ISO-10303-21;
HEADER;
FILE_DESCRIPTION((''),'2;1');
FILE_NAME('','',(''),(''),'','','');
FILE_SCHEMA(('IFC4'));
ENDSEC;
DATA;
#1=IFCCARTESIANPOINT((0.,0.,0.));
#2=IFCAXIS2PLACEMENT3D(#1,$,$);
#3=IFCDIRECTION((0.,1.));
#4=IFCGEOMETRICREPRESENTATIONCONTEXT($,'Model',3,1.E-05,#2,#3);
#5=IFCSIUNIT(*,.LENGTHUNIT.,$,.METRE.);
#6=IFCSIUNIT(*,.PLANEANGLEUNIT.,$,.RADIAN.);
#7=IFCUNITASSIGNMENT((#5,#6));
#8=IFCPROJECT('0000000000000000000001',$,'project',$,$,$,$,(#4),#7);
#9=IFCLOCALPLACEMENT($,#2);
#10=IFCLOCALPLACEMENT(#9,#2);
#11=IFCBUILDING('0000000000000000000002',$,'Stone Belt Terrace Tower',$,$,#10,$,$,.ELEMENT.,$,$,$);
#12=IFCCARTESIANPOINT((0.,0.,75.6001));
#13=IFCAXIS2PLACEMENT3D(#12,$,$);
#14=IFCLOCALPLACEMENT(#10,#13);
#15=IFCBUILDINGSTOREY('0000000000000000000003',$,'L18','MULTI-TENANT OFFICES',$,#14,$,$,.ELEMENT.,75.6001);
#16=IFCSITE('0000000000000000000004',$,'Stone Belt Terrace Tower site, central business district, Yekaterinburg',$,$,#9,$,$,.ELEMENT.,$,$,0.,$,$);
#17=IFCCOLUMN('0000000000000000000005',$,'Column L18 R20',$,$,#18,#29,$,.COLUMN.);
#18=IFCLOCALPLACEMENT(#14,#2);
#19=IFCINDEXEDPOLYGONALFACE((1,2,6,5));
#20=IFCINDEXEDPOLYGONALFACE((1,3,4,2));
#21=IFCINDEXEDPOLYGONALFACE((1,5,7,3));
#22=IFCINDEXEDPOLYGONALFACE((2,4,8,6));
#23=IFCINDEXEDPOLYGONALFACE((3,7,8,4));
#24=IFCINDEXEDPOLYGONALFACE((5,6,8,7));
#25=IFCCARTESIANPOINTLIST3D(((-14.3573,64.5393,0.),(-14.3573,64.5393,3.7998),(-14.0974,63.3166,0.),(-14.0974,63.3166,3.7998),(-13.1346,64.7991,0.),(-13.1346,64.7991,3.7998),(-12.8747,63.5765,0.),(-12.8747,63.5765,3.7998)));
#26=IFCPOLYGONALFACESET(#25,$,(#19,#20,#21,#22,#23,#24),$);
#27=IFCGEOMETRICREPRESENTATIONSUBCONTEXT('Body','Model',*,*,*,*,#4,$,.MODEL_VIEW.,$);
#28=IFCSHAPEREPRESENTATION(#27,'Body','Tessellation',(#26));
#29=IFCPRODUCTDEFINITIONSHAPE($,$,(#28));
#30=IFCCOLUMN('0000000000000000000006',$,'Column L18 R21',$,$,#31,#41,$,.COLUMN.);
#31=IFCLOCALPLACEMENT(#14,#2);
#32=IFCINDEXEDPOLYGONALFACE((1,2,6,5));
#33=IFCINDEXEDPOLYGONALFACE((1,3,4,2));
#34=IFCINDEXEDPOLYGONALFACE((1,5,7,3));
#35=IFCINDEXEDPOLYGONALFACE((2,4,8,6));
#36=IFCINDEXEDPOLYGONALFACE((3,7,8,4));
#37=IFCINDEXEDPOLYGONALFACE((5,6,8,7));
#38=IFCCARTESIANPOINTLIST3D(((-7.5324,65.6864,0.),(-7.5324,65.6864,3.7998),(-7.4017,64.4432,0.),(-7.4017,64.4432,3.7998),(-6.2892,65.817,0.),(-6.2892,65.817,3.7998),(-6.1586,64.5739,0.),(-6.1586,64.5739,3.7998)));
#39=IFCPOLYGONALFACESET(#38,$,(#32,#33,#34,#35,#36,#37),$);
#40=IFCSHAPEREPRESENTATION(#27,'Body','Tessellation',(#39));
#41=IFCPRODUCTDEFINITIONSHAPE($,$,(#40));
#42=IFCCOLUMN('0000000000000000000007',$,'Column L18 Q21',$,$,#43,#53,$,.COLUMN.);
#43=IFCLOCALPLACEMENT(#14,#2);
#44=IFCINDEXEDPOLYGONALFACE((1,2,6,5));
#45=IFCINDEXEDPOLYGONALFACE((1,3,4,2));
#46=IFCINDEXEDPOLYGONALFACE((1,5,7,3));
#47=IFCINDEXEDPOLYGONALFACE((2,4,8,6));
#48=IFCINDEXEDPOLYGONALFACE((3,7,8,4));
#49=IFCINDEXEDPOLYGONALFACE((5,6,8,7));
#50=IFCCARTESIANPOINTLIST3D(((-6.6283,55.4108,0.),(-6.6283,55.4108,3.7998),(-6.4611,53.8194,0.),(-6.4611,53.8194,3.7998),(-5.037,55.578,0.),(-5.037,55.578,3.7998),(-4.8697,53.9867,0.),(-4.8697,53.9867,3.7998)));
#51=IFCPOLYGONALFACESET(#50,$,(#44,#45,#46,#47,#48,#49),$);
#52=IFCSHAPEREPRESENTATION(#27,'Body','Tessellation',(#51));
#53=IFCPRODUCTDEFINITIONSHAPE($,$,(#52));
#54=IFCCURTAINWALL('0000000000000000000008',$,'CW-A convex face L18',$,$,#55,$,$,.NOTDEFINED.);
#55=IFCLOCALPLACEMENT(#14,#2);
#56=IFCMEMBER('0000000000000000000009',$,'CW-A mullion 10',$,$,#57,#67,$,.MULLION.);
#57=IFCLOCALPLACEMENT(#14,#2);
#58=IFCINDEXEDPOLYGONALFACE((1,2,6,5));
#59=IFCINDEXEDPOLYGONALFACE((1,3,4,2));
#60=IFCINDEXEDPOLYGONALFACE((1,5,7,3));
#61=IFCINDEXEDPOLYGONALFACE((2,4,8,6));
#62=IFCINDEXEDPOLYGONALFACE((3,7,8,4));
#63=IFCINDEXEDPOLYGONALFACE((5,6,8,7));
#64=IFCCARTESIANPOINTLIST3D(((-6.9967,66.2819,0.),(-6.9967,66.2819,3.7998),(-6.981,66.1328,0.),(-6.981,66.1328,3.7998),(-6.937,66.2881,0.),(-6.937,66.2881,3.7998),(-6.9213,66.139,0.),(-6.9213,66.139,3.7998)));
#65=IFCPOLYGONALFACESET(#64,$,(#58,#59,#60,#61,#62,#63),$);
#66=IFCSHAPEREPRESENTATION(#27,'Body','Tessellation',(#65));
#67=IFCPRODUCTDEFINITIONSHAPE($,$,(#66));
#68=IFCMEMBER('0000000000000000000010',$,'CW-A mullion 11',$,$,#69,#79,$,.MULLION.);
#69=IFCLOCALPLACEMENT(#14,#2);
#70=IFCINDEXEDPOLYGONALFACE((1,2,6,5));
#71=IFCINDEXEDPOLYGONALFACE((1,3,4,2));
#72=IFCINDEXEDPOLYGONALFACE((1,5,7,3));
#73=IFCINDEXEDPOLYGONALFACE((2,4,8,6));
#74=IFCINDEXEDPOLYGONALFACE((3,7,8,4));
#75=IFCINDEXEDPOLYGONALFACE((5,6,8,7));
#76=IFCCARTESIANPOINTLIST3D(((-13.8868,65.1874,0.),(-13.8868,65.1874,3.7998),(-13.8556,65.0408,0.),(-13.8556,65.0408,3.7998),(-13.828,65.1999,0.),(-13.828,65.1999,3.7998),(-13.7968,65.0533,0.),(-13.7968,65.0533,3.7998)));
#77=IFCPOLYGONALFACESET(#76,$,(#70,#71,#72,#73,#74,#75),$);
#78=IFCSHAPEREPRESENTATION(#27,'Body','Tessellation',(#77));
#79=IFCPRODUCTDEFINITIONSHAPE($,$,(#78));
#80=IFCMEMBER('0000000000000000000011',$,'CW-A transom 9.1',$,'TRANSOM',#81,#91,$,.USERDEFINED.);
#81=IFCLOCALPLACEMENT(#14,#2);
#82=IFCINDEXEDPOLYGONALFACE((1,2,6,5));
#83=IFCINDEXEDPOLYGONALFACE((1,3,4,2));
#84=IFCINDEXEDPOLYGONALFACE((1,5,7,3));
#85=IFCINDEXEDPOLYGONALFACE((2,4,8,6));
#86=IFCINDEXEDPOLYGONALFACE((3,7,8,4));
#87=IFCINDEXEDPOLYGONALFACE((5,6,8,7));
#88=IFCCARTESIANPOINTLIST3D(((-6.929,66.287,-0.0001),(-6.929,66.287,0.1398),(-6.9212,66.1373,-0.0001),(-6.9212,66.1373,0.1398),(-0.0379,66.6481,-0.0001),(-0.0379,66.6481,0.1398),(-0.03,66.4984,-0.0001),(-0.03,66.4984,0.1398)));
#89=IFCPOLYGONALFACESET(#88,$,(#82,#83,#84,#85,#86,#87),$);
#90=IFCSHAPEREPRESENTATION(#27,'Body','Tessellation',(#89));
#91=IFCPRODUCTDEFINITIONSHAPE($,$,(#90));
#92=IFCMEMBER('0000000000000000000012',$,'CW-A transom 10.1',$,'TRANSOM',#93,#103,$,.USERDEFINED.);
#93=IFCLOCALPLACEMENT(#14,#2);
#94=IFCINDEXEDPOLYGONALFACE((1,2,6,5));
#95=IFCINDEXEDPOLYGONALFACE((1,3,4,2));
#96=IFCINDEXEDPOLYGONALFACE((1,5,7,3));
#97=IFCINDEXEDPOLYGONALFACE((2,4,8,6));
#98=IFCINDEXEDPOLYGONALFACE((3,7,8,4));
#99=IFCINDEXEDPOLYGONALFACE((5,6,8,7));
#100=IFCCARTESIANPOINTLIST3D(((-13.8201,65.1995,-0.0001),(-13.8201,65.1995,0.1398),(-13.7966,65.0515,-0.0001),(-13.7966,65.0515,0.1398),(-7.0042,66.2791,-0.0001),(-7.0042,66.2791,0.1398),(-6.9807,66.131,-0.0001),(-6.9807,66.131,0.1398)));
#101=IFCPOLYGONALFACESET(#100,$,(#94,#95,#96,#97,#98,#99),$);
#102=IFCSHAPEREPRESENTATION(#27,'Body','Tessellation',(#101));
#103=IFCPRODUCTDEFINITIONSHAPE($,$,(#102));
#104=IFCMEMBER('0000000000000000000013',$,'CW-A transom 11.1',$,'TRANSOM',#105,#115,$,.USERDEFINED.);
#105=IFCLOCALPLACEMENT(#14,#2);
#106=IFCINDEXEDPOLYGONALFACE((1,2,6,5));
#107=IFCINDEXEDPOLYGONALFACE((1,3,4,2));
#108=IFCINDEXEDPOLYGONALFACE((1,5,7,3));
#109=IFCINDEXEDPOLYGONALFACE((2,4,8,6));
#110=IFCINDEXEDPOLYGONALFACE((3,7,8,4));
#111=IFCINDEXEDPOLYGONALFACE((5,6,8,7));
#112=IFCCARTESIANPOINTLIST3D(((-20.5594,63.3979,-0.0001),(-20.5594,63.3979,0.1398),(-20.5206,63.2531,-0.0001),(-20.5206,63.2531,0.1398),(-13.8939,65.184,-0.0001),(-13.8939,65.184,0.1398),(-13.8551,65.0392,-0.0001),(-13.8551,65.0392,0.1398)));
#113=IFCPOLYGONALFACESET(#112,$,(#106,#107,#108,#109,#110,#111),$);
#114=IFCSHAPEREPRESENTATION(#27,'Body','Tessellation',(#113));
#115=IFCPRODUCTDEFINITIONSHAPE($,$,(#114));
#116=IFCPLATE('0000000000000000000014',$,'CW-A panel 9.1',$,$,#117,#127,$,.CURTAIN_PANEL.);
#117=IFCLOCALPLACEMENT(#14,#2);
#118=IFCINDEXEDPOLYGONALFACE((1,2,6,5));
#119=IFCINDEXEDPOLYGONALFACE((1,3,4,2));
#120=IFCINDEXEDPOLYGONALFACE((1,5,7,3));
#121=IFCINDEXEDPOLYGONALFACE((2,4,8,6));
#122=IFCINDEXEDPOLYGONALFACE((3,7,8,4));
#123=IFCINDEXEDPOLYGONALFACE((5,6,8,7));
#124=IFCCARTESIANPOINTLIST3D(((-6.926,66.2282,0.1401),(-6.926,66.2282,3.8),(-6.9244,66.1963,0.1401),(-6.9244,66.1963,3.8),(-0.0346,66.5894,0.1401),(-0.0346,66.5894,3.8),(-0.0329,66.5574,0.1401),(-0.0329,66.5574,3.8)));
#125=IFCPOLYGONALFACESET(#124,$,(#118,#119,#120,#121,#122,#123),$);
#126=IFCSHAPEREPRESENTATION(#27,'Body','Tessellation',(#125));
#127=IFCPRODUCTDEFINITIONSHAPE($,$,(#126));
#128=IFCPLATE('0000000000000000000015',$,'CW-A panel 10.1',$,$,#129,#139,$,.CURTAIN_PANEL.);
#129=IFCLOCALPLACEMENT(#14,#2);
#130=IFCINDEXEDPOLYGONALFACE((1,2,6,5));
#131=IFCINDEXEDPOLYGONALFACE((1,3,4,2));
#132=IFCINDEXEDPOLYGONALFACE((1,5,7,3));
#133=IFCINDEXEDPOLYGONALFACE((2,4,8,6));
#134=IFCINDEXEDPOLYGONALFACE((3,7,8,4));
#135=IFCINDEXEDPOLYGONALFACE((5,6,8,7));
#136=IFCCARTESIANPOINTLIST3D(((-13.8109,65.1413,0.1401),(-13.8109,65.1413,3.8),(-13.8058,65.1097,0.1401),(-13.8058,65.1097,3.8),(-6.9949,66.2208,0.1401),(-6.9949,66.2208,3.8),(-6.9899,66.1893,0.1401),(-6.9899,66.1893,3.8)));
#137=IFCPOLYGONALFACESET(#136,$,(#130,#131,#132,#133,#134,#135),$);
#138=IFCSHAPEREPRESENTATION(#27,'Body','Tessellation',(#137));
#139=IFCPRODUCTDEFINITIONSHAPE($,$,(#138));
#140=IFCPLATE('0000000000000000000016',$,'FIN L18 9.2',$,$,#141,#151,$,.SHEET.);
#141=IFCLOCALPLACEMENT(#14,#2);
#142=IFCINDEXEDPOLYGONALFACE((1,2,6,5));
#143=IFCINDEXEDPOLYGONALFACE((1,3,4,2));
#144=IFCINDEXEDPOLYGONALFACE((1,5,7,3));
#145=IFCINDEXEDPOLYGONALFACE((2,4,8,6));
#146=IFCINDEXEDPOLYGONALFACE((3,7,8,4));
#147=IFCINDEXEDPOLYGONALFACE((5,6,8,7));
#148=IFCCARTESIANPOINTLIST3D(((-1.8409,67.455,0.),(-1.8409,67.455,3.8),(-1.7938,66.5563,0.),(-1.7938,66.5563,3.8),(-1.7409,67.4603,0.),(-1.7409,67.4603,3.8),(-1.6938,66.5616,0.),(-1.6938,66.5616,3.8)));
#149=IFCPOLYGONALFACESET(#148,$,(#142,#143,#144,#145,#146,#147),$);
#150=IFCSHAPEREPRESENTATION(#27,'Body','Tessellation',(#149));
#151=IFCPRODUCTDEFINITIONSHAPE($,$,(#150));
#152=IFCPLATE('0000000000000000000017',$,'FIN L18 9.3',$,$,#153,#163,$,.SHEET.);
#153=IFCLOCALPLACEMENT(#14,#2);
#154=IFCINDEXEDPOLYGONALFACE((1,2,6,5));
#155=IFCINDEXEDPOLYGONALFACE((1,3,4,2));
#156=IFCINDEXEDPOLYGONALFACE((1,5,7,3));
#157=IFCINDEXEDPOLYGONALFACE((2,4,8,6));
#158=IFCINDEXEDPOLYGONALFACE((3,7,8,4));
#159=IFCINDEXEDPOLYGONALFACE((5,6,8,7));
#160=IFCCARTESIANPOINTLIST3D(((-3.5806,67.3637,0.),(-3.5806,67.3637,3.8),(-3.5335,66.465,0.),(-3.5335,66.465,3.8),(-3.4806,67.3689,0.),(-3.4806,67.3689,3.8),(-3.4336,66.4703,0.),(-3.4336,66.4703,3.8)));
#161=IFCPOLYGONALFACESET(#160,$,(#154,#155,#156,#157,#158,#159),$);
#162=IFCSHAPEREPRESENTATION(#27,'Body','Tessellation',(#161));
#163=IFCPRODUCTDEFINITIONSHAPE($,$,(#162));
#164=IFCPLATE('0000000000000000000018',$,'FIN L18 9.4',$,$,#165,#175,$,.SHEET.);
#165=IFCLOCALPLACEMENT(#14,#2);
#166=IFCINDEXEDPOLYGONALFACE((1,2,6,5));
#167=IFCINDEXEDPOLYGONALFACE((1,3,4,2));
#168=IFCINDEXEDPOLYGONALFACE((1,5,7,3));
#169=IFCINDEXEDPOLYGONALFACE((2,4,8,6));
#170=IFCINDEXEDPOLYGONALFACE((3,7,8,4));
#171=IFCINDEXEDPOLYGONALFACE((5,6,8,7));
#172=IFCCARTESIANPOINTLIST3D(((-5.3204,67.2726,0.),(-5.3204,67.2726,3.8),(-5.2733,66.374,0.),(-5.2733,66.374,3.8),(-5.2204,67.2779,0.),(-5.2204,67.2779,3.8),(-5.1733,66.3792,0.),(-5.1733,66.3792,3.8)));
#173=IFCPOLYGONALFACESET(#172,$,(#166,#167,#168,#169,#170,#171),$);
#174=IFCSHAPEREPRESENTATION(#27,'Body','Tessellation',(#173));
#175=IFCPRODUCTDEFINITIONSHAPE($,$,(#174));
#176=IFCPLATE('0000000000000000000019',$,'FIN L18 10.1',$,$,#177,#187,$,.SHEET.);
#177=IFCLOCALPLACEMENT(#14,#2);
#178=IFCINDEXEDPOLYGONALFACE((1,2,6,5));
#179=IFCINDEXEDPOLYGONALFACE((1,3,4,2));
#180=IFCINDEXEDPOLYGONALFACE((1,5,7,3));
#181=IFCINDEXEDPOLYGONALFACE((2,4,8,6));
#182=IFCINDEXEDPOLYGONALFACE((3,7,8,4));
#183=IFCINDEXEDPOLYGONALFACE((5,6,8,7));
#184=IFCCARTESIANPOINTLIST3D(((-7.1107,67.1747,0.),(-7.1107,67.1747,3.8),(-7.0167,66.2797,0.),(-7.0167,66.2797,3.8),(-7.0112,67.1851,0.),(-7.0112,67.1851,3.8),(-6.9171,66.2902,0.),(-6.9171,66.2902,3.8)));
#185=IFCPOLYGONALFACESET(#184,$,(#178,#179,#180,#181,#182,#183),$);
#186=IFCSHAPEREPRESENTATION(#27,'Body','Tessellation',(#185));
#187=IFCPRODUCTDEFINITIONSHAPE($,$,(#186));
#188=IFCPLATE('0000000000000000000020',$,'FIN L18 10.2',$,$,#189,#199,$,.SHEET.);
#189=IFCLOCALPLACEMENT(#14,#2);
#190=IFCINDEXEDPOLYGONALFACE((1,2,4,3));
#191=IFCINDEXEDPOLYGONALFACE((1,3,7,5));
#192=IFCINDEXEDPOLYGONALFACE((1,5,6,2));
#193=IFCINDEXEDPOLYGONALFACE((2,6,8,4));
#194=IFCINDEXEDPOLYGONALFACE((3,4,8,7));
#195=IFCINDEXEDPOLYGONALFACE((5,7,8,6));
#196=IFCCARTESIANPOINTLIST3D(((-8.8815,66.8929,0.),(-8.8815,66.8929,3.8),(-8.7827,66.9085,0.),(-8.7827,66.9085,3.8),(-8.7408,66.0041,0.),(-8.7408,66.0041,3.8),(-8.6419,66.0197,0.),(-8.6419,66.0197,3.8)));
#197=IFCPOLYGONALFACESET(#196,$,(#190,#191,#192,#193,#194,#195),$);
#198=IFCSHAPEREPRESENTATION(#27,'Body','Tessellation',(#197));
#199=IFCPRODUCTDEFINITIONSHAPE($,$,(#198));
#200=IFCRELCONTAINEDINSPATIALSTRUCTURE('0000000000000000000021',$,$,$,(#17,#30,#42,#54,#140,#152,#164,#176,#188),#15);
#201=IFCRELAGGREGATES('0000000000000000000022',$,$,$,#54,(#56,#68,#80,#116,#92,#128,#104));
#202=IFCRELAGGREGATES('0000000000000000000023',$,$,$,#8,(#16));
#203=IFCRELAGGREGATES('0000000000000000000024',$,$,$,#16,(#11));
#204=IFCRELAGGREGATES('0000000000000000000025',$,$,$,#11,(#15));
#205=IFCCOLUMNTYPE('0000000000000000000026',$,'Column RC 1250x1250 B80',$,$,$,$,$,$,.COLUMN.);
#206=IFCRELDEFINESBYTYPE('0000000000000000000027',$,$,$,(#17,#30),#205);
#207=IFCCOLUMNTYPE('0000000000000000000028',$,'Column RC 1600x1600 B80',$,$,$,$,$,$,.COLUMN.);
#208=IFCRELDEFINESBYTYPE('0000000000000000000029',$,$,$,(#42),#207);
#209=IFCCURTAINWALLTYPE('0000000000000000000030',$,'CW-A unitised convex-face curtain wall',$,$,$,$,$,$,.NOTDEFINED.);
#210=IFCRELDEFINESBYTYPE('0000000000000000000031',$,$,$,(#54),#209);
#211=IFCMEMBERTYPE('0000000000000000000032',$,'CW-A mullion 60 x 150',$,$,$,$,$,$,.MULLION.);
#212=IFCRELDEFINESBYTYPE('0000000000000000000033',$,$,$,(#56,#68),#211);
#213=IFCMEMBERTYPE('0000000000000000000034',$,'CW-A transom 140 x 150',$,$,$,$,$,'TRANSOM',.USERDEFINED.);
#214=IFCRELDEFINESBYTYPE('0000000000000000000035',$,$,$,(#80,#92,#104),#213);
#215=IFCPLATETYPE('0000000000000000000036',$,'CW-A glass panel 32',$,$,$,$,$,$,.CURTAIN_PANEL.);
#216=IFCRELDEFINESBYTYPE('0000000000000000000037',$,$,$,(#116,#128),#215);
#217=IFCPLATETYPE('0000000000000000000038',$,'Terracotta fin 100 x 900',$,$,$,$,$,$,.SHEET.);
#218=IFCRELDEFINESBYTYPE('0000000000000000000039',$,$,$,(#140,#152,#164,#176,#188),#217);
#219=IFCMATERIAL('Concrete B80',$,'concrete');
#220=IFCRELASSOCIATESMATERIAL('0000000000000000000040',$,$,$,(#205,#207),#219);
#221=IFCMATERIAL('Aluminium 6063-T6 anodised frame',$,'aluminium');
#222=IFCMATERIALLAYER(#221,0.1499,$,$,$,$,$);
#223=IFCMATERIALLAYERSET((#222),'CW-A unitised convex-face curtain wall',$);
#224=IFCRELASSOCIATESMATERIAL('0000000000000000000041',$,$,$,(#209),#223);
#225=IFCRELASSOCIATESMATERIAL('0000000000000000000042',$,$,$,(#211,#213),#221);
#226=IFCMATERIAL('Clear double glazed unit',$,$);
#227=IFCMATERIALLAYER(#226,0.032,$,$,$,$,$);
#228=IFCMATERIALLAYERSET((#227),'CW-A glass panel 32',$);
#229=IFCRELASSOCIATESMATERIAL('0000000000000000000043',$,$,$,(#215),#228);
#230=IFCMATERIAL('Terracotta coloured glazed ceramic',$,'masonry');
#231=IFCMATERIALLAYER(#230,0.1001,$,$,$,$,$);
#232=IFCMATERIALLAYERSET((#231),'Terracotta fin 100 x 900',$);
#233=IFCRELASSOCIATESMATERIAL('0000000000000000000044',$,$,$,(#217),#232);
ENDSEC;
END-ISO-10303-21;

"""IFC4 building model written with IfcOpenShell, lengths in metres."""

from ifc_helpers import new_model, si_unit, direction, frame, origin, origin_2d, place, context, subcontext, project, spatial, rectangle, extrude, material, layer, layer_set, material_profile, profile_set, type_object, element, aggregate, save


model = new_model("IFC4")

# Units and contexts
model_context = context("Model", 3, precision=1e-05, world=origin(), true_north=direction((0.0, 1.0)))
body_context = subcontext(model_context, "Body", "Model", "MODEL_VIEW")
ifc_project = project(units=[si_unit("LENGTHUNIT", "METRE"), si_unit("PLANEANGLEUNIT", "RADIAN")], contexts=[model_context])

# Site, building, storey
site_placement = place(None, origin())
site = spatial("IfcSite", under=ifc_project, at=site_placement, Name="Stone Belt Terrace Tower site, central business district, Yekaterinburg", CompositionType="ELEMENT", RefElevation=0.0)
building_placement = place(site_placement, origin())
building = spatial("IfcBuilding", under=site, at=building_placement, Name="Stone Belt Terrace Tower", CompositionType="ELEMENT")
storey_placement = place(building_placement, frame((0.0, 0.0, 75.6001)))
storey = spatial("IfcBuildingStorey", under=building, at=storey_placement, Name="L18", Description="MULTI-TENANT OFFICES", CompositionType="ELEMENT", Elevation=75.6001)

# Columns
ifc_material_1 = material(Name="Concrete B80", Category="concrete")
ifc_material_profile_1 = material_profile(ifc_material_1, rectangle(XDim=1.25, YDim=1.25, at=origin_2d()), Name="RC 1250x1250")
ifc_profile_set_1 = profile_set([ifc_material_profile_1], Name="Concrete B80")
column_type_1 = type_object("IfcColumnType", Name="Column RC 1250x1250 B80", PredefinedType="COLUMN", material=ifc_profile_set_1)
for number, where, z_axis, x_axis, name in (
    (1, (-13.616, 64.0579, 0.0), (0.0, 0.0, 1.0), (0.978148, 0.207912, 0.0), "Column L18 R20"),
    (2, (-6.8455, 65.1301, 0.0), (0.0, 0.0, 1.0), (0.994522, 0.104528, 0.0), "Column L18 R21"),
):
    element("IfcColumn", number, at=place(storey_placement, frame(where, z_axis=z_axis, x_axis=x_axis)), inside=storey, type_object=column_type_1, Name=name, PredefinedType="COLUMN", context=body_context, shape_type="SweptSolid", body=[
        extrude(rectangle(XDim=1.25, YDim=1.25, at=origin_2d()), origin(), (0.0, 0.0, 1.0), 3.7998),
    ])
ifc_material_profile_2 = material_profile(ifc_material_1, rectangle(XDim=1.6001, YDim=1.6001, at=origin_2d()), Name="RC 1600x1600")
ifc_profile_set_2 = profile_set([ifc_material_profile_2], Name="Concrete B80")
column_type_2 = type_object("IfcColumnType", Name="Column RC 1600x1600 B80", PredefinedType="COLUMN", material=ifc_profile_set_2)
column_placement = place(storey_placement, frame((-5.749, 54.6987, 0.0), z_axis=(0.0, 0.0, 1.0), x_axis=(0.994522, 0.104528, 0.0)))
element("IfcColumn", 3, at=column_placement, inside=storey, type_object=column_type_2, Name="Column L18 Q21", PredefinedType="COLUMN", context=body_context, shape_type="SweptSolid", body=[
    extrude(rectangle(XDim=1.6001, YDim=1.6001, at=origin_2d()), origin(), (0.0, 0.0, 1.0), 3.7998),
])

# Curtain wall, members, plates
ifc_material_2 = material(Name="Aluminium 6063-T6 anodised frame", Category="aluminium")
ifc_layer_1 = layer(ifc_material_2, 0.1499)
ifc_layer_set_1 = layer_set([ifc_layer_1], Name="CW-A unitised convex-face curtain wall")
curtain_wall_type = type_object("IfcCurtainWallType", Name="CW-A unitised convex-face curtain wall", PredefinedType="NOTDEFINED", material=ifc_layer_set_1)
curtain_wall_placement = place(storey_placement, origin())
curtain_wall = element("IfcCurtainWall", 4, at=curtain_wall_placement, inside=storey, type_object=curtain_wall_type, Name="CW-A convex face L18", PredefinedType="NOTDEFINED")
ifc_material_profile_3 = material_profile(ifc_material_2, rectangle(XDim=0.1499, YDim=0.0601, at=origin_2d()), Name="Aluminium 6063-T6 60x150")
ifc_profile_set_3 = profile_set([ifc_material_profile_3], Name="Aluminium 6063-T6 anodised frame")
member_type_1 = type_object("IfcMemberType", Name="CW-A mullion 60 x 150", PredefinedType="MULLION", material=ifc_profile_set_3)
member_1_placement = place(storey_placement, frame((-6.959, 66.2104, 0.0), z_axis=(0.0, 0.0, 1.0), x_axis=(0.104528, -0.994522, 0.0)))
member_1 = element("IfcMember", 5, at=member_1_placement, type_object=member_type_1, Name="CW-A mullion 10", PredefinedType="MULLION", context=body_context, shape_type="SweptSolid", body=[
    extrude(rectangle(XDim=0.1499, YDim=0.0601, at=origin_2d()), origin(), (0.0, 0.0, 1.0), 3.7998),
])
member_2_placement = place(storey_placement, frame((-13.8418, 65.1204, 0.0), z_axis=(0.0, 0.0, 1.0), x_axis=(0.207912, -0.978148, 0.0)))
member_2 = element("IfcMember", 6, at=member_2_placement, type_object=member_type_1, Name="CW-A mullion 11", PredefinedType="MULLION", context=body_context, shape_type="SweptSolid", body=[
    extrude(rectangle(XDim=0.1499, YDim=0.0601, at=origin_2d()), origin(), (0.0, 0.0, 1.0), 3.7998),
])
ifc_material_profile_4 = material_profile(ifc_material_2, rectangle(XDim=0.1499, YDim=0.1399, at=origin_2d()), Name="Aluminium 6063-T6 150x140")
ifc_profile_set_4 = profile_set([ifc_material_profile_4], Name="Aluminium 6063-T6 anodised frame")
member_type_2 = type_object("IfcMemberType", Name="CW-A transom 140 x 150", ElementType="TRANSOM", PredefinedType="USERDEFINED", material=ifc_profile_set_4)
member_3_placement = place(storey_placement, frame((-0.0339, 66.5732, 0.0698), z_axis=(-0.99863, -0.052327, 0.0), x_axis=(0.052327, -0.99863, 0.0)))
member_3 = element("IfcMember", 7, at=member_3_placement, type_object=member_type_2, Name="CW-A transom 9.1", ObjectType="TRANSOM", PredefinedType="USERDEFINED", context=body_context, shape_type="SweptSolid", body=[
    extrude(rectangle(XDim=0.1499, YDim=0.1399, at=origin_2d()), origin(), (0.0, 0.0, 1.0), 6.9006),
])
member_4_placement = place(storey_placement, frame((-6.9924, 66.2051, 0.0698), z_axis=(-0.987687, -0.156442, 0.0), x_axis=(0.156442, -0.987687, 0.0)))
member_4 = element("IfcMember", 8, at=member_4_placement, type_object=member_type_2, Name="CW-A transom 10.1", ObjectType="TRANSOM", PredefinedType="USERDEFINED", context=body_context, shape_type="SweptSolid", body=[
    extrude(rectangle(XDim=0.1499, YDim=0.1399, at=origin_2d()), origin(), (0.0, 0.0, 1.0), 6.9009),
])
member_5_placement = place(storey_placement, frame((-13.8745, 65.1116, 0.0698), z_axis=(-0.965922, -0.258834, 0.0), x_axis=(0.258834, -0.965922, 0.0)))
member_5 = element("IfcMember", 9, at=member_5_placement, type_object=member_type_2, Name="CW-A transom 11.1", ObjectType="TRANSOM", PredefinedType="USERDEFINED", context=body_context, shape_type="SweptSolid", body=[
    extrude(rectangle(XDim=0.1499, YDim=0.1399, at=origin_2d()), origin(), (0.0, 0.0, 1.0), 6.9006),
])
ifc_material_3 = material(Name="Clear double glazed unit")
ifc_layer_2 = layer(ifc_material_3, 0.032)
ifc_layer_set_2 = layer_set([ifc_layer_2], Name="CW-A glass panel 32")
plate_type_1 = type_object("IfcPlateType", Name="CW-A glass panel 32", PredefinedType="CURTAIN_PANEL", material=ifc_layer_set_2)
plate_1_placement = place(storey_placement, frame((-3.4795, 66.3928, 0.1401), z_axis=(0.0, 0.0, 1.0), x_axis=(-0.99863, -0.052336, 0.0)))
plate_1 = element("IfcPlate", 10, at=plate_1_placement, type_object=plate_type_1, Name="CW-A panel 9.1", PredefinedType="CURTAIN_PANEL", context=body_context, shape_type="SweptSolid", body=[
    extrude(rectangle(XDim=6.9009, YDim=0.032, at=origin_2d()), origin(), (0.0, 0.0, 1.0), 3.6599),
])
plate_2_placement = place(storey_placement, frame((-10.4004, 65.6653, 0.1401), z_axis=(0.0, 0.0, 1.0), x_axis=(-0.987688, -0.156434, 0.0)))
plate_2 = element("IfcPlate", 11, at=plate_2_placement, type_object=plate_type_1, Name="CW-A panel 10.1", PredefinedType="CURTAIN_PANEL", context=body_context, shape_type="SweptSolid", body=[
    extrude(rectangle(XDim=6.9009, YDim=0.032, at=origin_2d()), origin(), (0.0, 0.0, 1.0), 3.6599),
])
aggregate(curtain_wall, [member_1, member_2, member_3, plate_1, member_4, plate_2, member_5])

# Plates
ifc_material_4 = material(Name="Terracotta coloured glazed ceramic", Category="masonry")
ifc_layer_3 = layer(ifc_material_4, 0.1001)
ifc_layer_set_3 = layer_set([ifc_layer_3], Name="Terracotta fin 100 x 900")
plate_type_2 = type_object("IfcPlateType", Name="Terracotta fin 100 x 900", PredefinedType="SHEET", material=ifc_layer_set_3)
for number, where, z_axis, x_axis, name in (
    (12, (-1.7673, 67.0083, 0.0), (0.0, 0.0, 1.0), (-0.052336, 0.99863, 0.0), "FIN L18 9.2"),
    (13, (-3.5071, 66.917, 0.0), (0.0, 0.0, 1.0), (-0.052336, 0.99863, 0.0), "FIN L18 9.3"),
    (14, (-5.2468, 66.8259, 0.0), (0.0, 0.0, 1.0), (-0.052336, 0.99863, 0.0), "FIN L18 9.4"),
    (15, (-7.0139, 66.7324, 0.0), (0.0, 0.0, 1.0), (-0.104528, 0.994522, 0.0), "FIN L18 10.1"),
    (16, (-8.7617, 66.4563, 0.0), (0.0, 0.0, 1.0), (-0.156434, 0.987688, 0.0), "FIN L18 10.2"),
):
    element("IfcPlate", number, at=place(storey_placement, frame(where, z_axis=z_axis, x_axis=x_axis)), inside=storey, type_object=plate_type_2, Name=name, PredefinedType="SHEET", context=body_context, shape_type="SweptSolid", body=[
        extrude(rectangle(XDim=0.8999, YDim=0.1001, at=origin_2d()), origin(), (0.0, 0.0, 1.0), 3.8),
    ])

save(model, "model.ifc")
